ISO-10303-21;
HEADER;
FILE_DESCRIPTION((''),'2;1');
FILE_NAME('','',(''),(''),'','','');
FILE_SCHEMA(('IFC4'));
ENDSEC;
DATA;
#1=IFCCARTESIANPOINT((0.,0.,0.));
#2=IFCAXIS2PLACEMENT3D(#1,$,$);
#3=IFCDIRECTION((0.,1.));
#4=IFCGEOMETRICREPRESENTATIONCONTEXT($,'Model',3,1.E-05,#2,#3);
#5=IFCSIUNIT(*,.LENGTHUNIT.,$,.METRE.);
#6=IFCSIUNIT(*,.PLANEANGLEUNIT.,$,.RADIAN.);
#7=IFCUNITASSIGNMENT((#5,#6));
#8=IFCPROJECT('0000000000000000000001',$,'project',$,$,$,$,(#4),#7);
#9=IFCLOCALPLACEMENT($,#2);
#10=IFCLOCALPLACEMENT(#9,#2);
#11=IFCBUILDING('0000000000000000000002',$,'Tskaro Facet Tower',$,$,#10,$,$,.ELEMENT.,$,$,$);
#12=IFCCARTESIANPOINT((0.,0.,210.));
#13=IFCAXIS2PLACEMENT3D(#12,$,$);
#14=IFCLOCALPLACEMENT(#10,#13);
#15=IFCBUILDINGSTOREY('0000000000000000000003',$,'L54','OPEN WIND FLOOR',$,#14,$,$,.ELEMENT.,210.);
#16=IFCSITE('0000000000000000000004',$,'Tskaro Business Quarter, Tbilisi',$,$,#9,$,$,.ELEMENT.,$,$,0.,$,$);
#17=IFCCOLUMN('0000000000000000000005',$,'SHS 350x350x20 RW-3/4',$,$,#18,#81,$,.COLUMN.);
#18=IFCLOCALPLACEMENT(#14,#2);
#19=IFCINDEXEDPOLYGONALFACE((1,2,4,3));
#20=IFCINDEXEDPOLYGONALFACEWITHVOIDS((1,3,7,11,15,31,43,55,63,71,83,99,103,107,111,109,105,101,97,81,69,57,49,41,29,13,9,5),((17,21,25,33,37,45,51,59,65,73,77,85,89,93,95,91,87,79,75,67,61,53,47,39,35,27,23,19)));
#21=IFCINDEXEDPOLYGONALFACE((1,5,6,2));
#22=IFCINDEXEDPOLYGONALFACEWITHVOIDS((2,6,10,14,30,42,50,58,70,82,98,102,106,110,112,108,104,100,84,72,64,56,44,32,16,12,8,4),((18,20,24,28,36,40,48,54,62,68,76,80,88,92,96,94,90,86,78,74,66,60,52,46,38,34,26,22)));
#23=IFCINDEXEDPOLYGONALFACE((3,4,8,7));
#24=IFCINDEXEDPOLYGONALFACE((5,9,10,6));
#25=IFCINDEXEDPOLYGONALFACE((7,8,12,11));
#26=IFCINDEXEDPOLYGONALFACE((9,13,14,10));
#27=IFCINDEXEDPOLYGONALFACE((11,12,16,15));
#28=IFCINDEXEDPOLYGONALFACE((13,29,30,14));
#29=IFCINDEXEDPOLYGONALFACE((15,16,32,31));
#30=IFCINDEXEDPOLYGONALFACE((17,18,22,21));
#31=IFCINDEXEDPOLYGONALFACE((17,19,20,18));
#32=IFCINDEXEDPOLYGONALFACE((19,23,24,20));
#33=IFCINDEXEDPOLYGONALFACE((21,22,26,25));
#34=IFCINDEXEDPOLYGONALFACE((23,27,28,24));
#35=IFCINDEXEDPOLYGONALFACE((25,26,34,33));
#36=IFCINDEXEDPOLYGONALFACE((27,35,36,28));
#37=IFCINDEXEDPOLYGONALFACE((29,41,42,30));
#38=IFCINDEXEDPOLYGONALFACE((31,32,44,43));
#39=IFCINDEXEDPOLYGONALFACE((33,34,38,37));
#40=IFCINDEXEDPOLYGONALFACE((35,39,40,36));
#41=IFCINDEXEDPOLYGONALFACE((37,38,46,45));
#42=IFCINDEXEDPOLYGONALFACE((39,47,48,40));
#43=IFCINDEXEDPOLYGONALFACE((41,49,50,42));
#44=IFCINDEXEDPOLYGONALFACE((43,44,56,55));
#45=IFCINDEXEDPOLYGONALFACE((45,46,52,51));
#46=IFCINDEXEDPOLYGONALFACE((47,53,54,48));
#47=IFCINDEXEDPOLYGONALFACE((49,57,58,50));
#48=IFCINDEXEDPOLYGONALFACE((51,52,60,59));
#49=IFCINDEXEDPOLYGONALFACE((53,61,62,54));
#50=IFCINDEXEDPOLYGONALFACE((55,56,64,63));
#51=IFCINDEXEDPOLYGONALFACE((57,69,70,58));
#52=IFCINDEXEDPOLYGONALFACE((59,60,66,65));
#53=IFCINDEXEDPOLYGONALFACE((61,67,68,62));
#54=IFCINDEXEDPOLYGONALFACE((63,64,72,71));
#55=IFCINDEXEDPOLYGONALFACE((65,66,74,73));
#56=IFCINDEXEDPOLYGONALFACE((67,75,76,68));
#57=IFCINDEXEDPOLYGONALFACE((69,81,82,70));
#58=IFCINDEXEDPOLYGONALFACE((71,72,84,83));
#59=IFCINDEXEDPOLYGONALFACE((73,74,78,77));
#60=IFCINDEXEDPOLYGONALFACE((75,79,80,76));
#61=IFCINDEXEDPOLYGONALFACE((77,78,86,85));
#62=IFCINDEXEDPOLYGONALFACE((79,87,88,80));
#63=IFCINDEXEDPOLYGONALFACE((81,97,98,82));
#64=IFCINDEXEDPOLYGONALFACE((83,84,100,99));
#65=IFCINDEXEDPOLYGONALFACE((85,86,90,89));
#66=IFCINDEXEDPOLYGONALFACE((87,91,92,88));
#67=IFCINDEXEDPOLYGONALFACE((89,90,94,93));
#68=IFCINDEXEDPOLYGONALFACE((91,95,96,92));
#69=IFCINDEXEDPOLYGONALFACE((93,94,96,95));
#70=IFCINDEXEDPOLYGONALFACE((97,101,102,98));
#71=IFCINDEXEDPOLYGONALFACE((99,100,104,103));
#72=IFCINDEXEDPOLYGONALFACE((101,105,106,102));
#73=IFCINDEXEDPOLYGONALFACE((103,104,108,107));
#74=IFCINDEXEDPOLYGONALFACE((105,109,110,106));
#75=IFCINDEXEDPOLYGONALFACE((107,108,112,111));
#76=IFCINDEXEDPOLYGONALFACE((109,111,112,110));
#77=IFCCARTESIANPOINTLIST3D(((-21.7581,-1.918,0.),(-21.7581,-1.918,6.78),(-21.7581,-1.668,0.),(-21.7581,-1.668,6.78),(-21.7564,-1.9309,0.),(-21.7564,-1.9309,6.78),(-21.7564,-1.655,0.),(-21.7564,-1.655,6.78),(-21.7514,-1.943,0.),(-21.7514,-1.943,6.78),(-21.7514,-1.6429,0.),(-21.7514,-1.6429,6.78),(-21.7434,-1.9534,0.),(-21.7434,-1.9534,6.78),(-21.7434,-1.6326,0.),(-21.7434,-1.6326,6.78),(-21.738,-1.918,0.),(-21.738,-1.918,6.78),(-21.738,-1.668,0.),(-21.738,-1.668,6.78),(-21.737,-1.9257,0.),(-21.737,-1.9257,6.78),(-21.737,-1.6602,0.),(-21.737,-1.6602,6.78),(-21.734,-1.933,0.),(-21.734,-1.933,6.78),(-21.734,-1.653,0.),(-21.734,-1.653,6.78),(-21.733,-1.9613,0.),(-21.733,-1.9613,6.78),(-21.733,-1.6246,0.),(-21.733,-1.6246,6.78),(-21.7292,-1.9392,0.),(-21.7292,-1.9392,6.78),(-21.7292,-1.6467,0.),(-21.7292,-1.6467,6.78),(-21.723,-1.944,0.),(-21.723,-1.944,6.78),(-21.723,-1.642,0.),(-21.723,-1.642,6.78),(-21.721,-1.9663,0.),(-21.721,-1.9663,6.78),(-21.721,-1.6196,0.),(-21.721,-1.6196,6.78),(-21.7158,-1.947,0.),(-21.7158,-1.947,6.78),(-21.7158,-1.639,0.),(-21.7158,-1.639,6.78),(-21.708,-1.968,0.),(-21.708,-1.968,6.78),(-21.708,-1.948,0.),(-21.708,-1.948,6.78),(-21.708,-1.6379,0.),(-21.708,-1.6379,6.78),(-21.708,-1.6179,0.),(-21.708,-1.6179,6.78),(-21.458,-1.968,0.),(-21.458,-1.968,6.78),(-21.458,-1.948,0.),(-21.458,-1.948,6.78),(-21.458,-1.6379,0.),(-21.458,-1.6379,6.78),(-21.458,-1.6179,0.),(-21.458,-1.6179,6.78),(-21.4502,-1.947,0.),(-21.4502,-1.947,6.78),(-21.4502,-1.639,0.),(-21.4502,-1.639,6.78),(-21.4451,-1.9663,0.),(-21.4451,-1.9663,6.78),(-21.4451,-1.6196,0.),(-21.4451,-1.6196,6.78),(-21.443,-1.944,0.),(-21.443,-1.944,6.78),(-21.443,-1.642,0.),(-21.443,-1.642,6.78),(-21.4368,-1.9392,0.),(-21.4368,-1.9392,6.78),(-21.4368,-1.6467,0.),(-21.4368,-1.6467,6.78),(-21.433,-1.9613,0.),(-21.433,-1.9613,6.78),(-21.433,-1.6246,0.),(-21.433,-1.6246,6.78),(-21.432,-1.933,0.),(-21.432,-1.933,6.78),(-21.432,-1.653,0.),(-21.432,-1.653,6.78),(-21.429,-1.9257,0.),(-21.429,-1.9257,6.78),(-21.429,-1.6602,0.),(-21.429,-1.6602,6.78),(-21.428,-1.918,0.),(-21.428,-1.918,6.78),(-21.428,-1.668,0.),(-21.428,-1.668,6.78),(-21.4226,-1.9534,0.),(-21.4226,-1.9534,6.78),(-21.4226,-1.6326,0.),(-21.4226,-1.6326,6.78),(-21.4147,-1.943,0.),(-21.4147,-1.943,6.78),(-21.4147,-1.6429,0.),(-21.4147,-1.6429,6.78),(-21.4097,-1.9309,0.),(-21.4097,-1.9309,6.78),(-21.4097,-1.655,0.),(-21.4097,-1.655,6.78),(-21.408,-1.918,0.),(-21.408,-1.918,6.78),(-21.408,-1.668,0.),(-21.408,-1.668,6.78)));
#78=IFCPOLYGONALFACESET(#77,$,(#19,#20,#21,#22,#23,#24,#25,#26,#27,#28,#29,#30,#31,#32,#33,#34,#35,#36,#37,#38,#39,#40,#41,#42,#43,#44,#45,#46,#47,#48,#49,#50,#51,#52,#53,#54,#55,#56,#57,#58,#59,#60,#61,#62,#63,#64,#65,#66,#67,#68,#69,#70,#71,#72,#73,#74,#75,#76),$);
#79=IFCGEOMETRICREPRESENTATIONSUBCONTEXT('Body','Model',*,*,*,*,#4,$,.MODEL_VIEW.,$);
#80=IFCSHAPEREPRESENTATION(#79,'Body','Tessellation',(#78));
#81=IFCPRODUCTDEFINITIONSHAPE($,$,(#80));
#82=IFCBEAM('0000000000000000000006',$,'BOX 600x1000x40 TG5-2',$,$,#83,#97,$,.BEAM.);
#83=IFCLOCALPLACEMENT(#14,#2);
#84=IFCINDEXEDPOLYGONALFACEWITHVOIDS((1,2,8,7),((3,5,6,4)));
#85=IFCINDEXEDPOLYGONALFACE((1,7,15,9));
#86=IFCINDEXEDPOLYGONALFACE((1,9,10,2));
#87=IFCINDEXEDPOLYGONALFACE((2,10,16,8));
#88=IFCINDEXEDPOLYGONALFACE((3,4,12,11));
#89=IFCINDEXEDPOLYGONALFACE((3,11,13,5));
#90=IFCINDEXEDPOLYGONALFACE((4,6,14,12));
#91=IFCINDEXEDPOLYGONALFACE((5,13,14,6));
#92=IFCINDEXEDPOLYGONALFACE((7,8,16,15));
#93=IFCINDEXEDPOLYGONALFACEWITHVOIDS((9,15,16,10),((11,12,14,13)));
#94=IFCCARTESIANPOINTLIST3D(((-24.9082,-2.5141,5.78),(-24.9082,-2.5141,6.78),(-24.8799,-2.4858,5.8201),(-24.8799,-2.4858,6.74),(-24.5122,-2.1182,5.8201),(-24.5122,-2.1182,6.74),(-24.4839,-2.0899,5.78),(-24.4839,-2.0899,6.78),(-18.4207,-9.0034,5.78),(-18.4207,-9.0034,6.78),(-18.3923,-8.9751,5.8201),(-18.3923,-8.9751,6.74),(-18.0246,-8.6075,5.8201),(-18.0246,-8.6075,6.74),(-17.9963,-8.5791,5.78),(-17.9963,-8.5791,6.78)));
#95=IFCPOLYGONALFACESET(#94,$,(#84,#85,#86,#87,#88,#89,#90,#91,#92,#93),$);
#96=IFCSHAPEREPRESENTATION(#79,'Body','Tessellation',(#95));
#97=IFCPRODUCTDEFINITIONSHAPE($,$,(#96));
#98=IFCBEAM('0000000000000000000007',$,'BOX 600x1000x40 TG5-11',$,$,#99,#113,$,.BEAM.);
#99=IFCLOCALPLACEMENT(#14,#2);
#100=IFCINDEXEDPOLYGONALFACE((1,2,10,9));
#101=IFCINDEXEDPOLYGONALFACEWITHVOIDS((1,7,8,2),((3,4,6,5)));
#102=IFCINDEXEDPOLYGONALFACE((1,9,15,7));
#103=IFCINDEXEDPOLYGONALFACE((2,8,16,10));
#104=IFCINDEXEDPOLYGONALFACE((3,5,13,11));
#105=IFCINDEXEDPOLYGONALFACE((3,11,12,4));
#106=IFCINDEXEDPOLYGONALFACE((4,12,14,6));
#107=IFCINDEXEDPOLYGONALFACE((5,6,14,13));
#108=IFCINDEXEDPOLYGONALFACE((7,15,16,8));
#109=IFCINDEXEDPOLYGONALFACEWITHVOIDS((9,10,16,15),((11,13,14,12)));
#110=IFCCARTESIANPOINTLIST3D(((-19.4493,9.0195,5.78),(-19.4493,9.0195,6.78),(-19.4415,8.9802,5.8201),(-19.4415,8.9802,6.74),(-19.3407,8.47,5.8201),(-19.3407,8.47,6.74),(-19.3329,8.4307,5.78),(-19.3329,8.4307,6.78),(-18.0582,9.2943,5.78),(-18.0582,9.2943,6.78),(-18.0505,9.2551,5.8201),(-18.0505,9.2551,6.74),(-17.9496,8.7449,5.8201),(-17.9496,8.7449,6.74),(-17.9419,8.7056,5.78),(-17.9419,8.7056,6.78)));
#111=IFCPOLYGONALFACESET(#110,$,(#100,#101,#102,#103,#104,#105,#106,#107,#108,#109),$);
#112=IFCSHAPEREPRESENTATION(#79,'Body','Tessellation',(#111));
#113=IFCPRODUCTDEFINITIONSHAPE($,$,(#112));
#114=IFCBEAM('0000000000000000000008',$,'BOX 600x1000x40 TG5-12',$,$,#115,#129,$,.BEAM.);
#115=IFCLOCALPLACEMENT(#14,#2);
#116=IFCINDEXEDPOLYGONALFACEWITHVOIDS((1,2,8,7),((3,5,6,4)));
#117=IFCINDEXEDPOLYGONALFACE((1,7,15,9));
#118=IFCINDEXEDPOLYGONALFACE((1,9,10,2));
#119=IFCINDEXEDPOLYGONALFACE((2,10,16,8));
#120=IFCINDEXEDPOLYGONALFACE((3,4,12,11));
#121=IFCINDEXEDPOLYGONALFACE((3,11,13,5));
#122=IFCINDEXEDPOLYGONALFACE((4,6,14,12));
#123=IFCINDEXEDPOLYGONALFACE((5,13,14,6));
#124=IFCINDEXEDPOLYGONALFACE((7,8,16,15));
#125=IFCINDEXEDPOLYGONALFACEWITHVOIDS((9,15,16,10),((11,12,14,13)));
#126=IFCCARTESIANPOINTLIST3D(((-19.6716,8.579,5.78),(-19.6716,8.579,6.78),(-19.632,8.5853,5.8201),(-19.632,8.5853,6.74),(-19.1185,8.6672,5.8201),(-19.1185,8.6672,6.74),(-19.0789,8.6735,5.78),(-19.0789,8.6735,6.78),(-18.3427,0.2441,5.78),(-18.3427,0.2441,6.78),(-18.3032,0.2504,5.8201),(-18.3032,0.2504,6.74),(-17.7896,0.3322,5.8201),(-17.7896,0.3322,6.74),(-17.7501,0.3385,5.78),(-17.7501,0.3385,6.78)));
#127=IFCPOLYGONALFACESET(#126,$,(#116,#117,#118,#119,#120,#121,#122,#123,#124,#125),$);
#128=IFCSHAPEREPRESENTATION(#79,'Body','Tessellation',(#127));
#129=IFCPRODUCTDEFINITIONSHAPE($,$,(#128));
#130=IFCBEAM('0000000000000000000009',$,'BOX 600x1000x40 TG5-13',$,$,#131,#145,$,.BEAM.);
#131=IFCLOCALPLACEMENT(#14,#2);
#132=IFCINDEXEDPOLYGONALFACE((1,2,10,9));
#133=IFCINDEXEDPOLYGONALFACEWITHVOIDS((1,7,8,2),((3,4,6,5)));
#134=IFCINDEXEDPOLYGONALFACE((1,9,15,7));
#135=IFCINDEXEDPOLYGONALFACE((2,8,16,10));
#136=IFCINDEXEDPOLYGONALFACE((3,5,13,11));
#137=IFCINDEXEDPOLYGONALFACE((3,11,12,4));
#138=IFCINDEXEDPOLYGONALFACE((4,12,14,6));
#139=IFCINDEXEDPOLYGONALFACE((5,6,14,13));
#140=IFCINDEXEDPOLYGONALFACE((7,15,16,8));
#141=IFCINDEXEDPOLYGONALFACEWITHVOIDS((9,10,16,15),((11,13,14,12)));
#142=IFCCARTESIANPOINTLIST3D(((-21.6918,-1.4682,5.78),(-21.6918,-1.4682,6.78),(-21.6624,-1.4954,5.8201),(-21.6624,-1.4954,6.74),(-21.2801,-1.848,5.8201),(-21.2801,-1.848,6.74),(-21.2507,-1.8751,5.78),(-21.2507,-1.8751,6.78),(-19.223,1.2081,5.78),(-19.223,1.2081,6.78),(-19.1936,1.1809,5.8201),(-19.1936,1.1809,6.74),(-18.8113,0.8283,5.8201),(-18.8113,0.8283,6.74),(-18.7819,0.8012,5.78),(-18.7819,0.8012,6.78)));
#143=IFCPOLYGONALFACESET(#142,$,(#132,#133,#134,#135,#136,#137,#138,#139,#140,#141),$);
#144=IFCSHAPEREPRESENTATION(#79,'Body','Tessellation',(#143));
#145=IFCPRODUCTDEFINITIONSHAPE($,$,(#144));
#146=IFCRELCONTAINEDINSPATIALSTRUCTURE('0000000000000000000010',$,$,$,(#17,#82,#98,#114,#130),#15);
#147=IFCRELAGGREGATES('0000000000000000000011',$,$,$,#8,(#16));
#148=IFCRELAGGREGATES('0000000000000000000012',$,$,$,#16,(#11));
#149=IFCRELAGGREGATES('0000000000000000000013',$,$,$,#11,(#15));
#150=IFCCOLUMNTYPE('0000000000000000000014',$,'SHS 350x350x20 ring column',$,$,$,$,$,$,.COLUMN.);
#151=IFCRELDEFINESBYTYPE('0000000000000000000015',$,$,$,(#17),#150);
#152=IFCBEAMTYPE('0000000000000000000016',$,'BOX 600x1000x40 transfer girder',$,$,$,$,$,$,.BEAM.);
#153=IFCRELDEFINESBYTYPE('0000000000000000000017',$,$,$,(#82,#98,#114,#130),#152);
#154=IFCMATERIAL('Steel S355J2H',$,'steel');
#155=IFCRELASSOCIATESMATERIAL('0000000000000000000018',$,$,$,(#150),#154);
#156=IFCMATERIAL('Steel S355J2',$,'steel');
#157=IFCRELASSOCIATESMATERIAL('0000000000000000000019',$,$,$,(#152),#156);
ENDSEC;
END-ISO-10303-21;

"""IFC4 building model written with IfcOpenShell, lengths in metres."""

from ifc_helpers import new_model, si_unit, direction, frame, origin, origin_2d, place, context, subcontext, project, spatial, hollow_rectangle, extrude, material, material_profile, profile_set, type_object, element, save


model = new_model("IFC4")

# Units and contexts
model_context = context("Model", 3, precision=1e-05, world=origin(), true_north=direction((0.0, 1.0)))
body_context = subcontext(model_context, "Body", "Model", "MODEL_VIEW")
ifc_project = project(units=[si_unit("LENGTHUNIT", "METRE"), si_unit("PLANEANGLEUNIT", "RADIAN")], contexts=[model_context])

# Site, building, storey
site_placement = place(None, origin())
site = spatial("IfcSite", under=ifc_project, at=site_placement, Name="Tskaro Business Quarter, Tbilisi", CompositionType="ELEMENT", RefElevation=0.0)
building_placement = place(site_placement, origin())
building = spatial("IfcBuilding", under=site, at=building_placement, Name="Tskaro Facet Tower", CompositionType="ELEMENT")
storey_placement = place(building_placement, frame((0.0, 0.0, 210.0)))
storey = spatial("IfcBuildingStorey", under=building, at=storey_placement, Name="L54", Description="OPEN WIND FLOOR", CompositionType="ELEMENT", Elevation=210.0)

# Column
ifc_material_1 = material(Name="Steel S355J2H", Category="steel")
ifc_material_profile_1 = material_profile(ifc_material_1, hollow_rectangle(XDim=0.3501, YDim=0.3501, WallThickness=0.02, InnerFilletRadius=0.03, OuterFilletRadius=0.05, at=origin_2d()), Name="SHS 350x350x20")
ifc_profile_set_1 = profile_set([ifc_material_profile_1], Name="Steel S355J2H")
column_type_1 = type_object("IfcColumnType", Name="SHS 350x350x20 ring column", PredefinedType="COLUMN", material=ifc_profile_set_1)
for number, where, z_axis, x_axis, name in (
    (1, (-21.583, -1.793, 0.0), (0.0, 0.0, 1.0), (1.0, 0.0, 0.0), "SHS 350x350x20 RW-3/4"),
):
    element("IfcColumn", number, at=place(storey_placement, frame(where, z_axis=z_axis, x_axis=x_axis)), inside=storey, type_object=column_type_1, Name=name, PredefinedType="COLUMN", context=body_context, shape_type="SweptSolid", body=[
        extrude(hollow_rectangle(XDim=0.3501, YDim=0.3501, WallThickness=0.02, InnerFilletRadius=0.03, OuterFilletRadius=0.05, at=origin_2d()), origin(), (0.0, 0.0, 1.0), 6.78),
    ])

# Beams
ifc_material_2 = material(Name="Steel S355J2", Category="steel")
ifc_material_profile_2 = material_profile(ifc_material_2, hollow_rectangle(XDim=0.6001, YDim=1.0, WallThickness=0.04, at=origin_2d()), Name="BOX 600x1000x40")
ifc_profile_set_2 = profile_set([ifc_material_profile_2], Name="Steel S355J2")
beam_type_1 = type_object("IfcBeamType", Name="BOX 600x1000x40 transfer girder", PredefinedType="BEAM", material=ifc_profile_set_2)
beam_1_placement = place(storey_placement, frame((-24.696, -2.302, 6.28), z_axis=(0.707014, -0.7072, 0.0), x_axis=(0.7072, 0.707014, 0.0)))
element("IfcBeam", 2, at=beam_1_placement, inside=storey, type_object=beam_type_1, Name="BOX 600x1000x40 TG5-2", PredefinedType="BEAM", context=body_context, shape_type="SweptSolid", body=[
    extrude(hollow_rectangle(XDim=0.6001, YDim=1.0, WallThickness=0.04, at=origin_2d()), origin(), (0.0, 0.0, 1.0), 9.176),
])
beam_2_placement = place(storey_placement, frame((-19.3911, 8.7251, 6.28), z_axis=(0.981028, 0.193864, 0.0), x_axis=(-0.193864, 0.981028, 0.0)))
element("IfcBeam", 3, at=beam_2_placement, inside=storey, type_object=beam_type_1, Name="BOX 600x1000x40 TG5-11", PredefinedType="BEAM", context=body_context, shape_type="SweptSolid", body=[
    extrude(hollow_rectangle(XDim=0.6001, YDim=1.0, WallThickness=0.04, at=origin_2d()), origin(), (0.0, 0.0, 1.0), 1.418),
])
beam_3_placement = place(storey_placement, frame((-19.3752, 8.6262, 6.28), z_axis=(0.157443, -0.987528, 0.0), x_axis=(0.987528, 0.157443, 0.0)))
element("IfcBeam", 4, at=beam_3_placement, inside=storey, type_object=beam_type_1, Name="BOX 600x1000x40 TG5-12", PredefinedType="BEAM", context=body_context, shape_type="SweptSolid", body=[
    extrude(hollow_rectangle(XDim=0.6001, YDim=1.0, WallThickness=0.04, at=origin_2d()), origin(), (0.0, 0.0, 1.0), 8.4402),
])
beam_4_placement = place(storey_placement, frame((-19.0024, 1.0046, 6.28), z_axis=(-0.678035, -0.73503, 0.0), x_axis=(0.73503, -0.678035, 0.0)))
element("IfcBeam", 5, at=beam_4_placement, inside=storey, type_object=beam_type_1, Name="BOX 600x1000x40 TG5-13", PredefinedType="BEAM", context=body_context, shape_type="SweptSolid", body=[
    extrude(hollow_rectangle(XDim=0.6001, YDim=1.0, WallThickness=0.04, at=origin_2d()), origin(), (0.0, 0.0, 1.0), 3.6411),
])

save(model, "model.ifc")
